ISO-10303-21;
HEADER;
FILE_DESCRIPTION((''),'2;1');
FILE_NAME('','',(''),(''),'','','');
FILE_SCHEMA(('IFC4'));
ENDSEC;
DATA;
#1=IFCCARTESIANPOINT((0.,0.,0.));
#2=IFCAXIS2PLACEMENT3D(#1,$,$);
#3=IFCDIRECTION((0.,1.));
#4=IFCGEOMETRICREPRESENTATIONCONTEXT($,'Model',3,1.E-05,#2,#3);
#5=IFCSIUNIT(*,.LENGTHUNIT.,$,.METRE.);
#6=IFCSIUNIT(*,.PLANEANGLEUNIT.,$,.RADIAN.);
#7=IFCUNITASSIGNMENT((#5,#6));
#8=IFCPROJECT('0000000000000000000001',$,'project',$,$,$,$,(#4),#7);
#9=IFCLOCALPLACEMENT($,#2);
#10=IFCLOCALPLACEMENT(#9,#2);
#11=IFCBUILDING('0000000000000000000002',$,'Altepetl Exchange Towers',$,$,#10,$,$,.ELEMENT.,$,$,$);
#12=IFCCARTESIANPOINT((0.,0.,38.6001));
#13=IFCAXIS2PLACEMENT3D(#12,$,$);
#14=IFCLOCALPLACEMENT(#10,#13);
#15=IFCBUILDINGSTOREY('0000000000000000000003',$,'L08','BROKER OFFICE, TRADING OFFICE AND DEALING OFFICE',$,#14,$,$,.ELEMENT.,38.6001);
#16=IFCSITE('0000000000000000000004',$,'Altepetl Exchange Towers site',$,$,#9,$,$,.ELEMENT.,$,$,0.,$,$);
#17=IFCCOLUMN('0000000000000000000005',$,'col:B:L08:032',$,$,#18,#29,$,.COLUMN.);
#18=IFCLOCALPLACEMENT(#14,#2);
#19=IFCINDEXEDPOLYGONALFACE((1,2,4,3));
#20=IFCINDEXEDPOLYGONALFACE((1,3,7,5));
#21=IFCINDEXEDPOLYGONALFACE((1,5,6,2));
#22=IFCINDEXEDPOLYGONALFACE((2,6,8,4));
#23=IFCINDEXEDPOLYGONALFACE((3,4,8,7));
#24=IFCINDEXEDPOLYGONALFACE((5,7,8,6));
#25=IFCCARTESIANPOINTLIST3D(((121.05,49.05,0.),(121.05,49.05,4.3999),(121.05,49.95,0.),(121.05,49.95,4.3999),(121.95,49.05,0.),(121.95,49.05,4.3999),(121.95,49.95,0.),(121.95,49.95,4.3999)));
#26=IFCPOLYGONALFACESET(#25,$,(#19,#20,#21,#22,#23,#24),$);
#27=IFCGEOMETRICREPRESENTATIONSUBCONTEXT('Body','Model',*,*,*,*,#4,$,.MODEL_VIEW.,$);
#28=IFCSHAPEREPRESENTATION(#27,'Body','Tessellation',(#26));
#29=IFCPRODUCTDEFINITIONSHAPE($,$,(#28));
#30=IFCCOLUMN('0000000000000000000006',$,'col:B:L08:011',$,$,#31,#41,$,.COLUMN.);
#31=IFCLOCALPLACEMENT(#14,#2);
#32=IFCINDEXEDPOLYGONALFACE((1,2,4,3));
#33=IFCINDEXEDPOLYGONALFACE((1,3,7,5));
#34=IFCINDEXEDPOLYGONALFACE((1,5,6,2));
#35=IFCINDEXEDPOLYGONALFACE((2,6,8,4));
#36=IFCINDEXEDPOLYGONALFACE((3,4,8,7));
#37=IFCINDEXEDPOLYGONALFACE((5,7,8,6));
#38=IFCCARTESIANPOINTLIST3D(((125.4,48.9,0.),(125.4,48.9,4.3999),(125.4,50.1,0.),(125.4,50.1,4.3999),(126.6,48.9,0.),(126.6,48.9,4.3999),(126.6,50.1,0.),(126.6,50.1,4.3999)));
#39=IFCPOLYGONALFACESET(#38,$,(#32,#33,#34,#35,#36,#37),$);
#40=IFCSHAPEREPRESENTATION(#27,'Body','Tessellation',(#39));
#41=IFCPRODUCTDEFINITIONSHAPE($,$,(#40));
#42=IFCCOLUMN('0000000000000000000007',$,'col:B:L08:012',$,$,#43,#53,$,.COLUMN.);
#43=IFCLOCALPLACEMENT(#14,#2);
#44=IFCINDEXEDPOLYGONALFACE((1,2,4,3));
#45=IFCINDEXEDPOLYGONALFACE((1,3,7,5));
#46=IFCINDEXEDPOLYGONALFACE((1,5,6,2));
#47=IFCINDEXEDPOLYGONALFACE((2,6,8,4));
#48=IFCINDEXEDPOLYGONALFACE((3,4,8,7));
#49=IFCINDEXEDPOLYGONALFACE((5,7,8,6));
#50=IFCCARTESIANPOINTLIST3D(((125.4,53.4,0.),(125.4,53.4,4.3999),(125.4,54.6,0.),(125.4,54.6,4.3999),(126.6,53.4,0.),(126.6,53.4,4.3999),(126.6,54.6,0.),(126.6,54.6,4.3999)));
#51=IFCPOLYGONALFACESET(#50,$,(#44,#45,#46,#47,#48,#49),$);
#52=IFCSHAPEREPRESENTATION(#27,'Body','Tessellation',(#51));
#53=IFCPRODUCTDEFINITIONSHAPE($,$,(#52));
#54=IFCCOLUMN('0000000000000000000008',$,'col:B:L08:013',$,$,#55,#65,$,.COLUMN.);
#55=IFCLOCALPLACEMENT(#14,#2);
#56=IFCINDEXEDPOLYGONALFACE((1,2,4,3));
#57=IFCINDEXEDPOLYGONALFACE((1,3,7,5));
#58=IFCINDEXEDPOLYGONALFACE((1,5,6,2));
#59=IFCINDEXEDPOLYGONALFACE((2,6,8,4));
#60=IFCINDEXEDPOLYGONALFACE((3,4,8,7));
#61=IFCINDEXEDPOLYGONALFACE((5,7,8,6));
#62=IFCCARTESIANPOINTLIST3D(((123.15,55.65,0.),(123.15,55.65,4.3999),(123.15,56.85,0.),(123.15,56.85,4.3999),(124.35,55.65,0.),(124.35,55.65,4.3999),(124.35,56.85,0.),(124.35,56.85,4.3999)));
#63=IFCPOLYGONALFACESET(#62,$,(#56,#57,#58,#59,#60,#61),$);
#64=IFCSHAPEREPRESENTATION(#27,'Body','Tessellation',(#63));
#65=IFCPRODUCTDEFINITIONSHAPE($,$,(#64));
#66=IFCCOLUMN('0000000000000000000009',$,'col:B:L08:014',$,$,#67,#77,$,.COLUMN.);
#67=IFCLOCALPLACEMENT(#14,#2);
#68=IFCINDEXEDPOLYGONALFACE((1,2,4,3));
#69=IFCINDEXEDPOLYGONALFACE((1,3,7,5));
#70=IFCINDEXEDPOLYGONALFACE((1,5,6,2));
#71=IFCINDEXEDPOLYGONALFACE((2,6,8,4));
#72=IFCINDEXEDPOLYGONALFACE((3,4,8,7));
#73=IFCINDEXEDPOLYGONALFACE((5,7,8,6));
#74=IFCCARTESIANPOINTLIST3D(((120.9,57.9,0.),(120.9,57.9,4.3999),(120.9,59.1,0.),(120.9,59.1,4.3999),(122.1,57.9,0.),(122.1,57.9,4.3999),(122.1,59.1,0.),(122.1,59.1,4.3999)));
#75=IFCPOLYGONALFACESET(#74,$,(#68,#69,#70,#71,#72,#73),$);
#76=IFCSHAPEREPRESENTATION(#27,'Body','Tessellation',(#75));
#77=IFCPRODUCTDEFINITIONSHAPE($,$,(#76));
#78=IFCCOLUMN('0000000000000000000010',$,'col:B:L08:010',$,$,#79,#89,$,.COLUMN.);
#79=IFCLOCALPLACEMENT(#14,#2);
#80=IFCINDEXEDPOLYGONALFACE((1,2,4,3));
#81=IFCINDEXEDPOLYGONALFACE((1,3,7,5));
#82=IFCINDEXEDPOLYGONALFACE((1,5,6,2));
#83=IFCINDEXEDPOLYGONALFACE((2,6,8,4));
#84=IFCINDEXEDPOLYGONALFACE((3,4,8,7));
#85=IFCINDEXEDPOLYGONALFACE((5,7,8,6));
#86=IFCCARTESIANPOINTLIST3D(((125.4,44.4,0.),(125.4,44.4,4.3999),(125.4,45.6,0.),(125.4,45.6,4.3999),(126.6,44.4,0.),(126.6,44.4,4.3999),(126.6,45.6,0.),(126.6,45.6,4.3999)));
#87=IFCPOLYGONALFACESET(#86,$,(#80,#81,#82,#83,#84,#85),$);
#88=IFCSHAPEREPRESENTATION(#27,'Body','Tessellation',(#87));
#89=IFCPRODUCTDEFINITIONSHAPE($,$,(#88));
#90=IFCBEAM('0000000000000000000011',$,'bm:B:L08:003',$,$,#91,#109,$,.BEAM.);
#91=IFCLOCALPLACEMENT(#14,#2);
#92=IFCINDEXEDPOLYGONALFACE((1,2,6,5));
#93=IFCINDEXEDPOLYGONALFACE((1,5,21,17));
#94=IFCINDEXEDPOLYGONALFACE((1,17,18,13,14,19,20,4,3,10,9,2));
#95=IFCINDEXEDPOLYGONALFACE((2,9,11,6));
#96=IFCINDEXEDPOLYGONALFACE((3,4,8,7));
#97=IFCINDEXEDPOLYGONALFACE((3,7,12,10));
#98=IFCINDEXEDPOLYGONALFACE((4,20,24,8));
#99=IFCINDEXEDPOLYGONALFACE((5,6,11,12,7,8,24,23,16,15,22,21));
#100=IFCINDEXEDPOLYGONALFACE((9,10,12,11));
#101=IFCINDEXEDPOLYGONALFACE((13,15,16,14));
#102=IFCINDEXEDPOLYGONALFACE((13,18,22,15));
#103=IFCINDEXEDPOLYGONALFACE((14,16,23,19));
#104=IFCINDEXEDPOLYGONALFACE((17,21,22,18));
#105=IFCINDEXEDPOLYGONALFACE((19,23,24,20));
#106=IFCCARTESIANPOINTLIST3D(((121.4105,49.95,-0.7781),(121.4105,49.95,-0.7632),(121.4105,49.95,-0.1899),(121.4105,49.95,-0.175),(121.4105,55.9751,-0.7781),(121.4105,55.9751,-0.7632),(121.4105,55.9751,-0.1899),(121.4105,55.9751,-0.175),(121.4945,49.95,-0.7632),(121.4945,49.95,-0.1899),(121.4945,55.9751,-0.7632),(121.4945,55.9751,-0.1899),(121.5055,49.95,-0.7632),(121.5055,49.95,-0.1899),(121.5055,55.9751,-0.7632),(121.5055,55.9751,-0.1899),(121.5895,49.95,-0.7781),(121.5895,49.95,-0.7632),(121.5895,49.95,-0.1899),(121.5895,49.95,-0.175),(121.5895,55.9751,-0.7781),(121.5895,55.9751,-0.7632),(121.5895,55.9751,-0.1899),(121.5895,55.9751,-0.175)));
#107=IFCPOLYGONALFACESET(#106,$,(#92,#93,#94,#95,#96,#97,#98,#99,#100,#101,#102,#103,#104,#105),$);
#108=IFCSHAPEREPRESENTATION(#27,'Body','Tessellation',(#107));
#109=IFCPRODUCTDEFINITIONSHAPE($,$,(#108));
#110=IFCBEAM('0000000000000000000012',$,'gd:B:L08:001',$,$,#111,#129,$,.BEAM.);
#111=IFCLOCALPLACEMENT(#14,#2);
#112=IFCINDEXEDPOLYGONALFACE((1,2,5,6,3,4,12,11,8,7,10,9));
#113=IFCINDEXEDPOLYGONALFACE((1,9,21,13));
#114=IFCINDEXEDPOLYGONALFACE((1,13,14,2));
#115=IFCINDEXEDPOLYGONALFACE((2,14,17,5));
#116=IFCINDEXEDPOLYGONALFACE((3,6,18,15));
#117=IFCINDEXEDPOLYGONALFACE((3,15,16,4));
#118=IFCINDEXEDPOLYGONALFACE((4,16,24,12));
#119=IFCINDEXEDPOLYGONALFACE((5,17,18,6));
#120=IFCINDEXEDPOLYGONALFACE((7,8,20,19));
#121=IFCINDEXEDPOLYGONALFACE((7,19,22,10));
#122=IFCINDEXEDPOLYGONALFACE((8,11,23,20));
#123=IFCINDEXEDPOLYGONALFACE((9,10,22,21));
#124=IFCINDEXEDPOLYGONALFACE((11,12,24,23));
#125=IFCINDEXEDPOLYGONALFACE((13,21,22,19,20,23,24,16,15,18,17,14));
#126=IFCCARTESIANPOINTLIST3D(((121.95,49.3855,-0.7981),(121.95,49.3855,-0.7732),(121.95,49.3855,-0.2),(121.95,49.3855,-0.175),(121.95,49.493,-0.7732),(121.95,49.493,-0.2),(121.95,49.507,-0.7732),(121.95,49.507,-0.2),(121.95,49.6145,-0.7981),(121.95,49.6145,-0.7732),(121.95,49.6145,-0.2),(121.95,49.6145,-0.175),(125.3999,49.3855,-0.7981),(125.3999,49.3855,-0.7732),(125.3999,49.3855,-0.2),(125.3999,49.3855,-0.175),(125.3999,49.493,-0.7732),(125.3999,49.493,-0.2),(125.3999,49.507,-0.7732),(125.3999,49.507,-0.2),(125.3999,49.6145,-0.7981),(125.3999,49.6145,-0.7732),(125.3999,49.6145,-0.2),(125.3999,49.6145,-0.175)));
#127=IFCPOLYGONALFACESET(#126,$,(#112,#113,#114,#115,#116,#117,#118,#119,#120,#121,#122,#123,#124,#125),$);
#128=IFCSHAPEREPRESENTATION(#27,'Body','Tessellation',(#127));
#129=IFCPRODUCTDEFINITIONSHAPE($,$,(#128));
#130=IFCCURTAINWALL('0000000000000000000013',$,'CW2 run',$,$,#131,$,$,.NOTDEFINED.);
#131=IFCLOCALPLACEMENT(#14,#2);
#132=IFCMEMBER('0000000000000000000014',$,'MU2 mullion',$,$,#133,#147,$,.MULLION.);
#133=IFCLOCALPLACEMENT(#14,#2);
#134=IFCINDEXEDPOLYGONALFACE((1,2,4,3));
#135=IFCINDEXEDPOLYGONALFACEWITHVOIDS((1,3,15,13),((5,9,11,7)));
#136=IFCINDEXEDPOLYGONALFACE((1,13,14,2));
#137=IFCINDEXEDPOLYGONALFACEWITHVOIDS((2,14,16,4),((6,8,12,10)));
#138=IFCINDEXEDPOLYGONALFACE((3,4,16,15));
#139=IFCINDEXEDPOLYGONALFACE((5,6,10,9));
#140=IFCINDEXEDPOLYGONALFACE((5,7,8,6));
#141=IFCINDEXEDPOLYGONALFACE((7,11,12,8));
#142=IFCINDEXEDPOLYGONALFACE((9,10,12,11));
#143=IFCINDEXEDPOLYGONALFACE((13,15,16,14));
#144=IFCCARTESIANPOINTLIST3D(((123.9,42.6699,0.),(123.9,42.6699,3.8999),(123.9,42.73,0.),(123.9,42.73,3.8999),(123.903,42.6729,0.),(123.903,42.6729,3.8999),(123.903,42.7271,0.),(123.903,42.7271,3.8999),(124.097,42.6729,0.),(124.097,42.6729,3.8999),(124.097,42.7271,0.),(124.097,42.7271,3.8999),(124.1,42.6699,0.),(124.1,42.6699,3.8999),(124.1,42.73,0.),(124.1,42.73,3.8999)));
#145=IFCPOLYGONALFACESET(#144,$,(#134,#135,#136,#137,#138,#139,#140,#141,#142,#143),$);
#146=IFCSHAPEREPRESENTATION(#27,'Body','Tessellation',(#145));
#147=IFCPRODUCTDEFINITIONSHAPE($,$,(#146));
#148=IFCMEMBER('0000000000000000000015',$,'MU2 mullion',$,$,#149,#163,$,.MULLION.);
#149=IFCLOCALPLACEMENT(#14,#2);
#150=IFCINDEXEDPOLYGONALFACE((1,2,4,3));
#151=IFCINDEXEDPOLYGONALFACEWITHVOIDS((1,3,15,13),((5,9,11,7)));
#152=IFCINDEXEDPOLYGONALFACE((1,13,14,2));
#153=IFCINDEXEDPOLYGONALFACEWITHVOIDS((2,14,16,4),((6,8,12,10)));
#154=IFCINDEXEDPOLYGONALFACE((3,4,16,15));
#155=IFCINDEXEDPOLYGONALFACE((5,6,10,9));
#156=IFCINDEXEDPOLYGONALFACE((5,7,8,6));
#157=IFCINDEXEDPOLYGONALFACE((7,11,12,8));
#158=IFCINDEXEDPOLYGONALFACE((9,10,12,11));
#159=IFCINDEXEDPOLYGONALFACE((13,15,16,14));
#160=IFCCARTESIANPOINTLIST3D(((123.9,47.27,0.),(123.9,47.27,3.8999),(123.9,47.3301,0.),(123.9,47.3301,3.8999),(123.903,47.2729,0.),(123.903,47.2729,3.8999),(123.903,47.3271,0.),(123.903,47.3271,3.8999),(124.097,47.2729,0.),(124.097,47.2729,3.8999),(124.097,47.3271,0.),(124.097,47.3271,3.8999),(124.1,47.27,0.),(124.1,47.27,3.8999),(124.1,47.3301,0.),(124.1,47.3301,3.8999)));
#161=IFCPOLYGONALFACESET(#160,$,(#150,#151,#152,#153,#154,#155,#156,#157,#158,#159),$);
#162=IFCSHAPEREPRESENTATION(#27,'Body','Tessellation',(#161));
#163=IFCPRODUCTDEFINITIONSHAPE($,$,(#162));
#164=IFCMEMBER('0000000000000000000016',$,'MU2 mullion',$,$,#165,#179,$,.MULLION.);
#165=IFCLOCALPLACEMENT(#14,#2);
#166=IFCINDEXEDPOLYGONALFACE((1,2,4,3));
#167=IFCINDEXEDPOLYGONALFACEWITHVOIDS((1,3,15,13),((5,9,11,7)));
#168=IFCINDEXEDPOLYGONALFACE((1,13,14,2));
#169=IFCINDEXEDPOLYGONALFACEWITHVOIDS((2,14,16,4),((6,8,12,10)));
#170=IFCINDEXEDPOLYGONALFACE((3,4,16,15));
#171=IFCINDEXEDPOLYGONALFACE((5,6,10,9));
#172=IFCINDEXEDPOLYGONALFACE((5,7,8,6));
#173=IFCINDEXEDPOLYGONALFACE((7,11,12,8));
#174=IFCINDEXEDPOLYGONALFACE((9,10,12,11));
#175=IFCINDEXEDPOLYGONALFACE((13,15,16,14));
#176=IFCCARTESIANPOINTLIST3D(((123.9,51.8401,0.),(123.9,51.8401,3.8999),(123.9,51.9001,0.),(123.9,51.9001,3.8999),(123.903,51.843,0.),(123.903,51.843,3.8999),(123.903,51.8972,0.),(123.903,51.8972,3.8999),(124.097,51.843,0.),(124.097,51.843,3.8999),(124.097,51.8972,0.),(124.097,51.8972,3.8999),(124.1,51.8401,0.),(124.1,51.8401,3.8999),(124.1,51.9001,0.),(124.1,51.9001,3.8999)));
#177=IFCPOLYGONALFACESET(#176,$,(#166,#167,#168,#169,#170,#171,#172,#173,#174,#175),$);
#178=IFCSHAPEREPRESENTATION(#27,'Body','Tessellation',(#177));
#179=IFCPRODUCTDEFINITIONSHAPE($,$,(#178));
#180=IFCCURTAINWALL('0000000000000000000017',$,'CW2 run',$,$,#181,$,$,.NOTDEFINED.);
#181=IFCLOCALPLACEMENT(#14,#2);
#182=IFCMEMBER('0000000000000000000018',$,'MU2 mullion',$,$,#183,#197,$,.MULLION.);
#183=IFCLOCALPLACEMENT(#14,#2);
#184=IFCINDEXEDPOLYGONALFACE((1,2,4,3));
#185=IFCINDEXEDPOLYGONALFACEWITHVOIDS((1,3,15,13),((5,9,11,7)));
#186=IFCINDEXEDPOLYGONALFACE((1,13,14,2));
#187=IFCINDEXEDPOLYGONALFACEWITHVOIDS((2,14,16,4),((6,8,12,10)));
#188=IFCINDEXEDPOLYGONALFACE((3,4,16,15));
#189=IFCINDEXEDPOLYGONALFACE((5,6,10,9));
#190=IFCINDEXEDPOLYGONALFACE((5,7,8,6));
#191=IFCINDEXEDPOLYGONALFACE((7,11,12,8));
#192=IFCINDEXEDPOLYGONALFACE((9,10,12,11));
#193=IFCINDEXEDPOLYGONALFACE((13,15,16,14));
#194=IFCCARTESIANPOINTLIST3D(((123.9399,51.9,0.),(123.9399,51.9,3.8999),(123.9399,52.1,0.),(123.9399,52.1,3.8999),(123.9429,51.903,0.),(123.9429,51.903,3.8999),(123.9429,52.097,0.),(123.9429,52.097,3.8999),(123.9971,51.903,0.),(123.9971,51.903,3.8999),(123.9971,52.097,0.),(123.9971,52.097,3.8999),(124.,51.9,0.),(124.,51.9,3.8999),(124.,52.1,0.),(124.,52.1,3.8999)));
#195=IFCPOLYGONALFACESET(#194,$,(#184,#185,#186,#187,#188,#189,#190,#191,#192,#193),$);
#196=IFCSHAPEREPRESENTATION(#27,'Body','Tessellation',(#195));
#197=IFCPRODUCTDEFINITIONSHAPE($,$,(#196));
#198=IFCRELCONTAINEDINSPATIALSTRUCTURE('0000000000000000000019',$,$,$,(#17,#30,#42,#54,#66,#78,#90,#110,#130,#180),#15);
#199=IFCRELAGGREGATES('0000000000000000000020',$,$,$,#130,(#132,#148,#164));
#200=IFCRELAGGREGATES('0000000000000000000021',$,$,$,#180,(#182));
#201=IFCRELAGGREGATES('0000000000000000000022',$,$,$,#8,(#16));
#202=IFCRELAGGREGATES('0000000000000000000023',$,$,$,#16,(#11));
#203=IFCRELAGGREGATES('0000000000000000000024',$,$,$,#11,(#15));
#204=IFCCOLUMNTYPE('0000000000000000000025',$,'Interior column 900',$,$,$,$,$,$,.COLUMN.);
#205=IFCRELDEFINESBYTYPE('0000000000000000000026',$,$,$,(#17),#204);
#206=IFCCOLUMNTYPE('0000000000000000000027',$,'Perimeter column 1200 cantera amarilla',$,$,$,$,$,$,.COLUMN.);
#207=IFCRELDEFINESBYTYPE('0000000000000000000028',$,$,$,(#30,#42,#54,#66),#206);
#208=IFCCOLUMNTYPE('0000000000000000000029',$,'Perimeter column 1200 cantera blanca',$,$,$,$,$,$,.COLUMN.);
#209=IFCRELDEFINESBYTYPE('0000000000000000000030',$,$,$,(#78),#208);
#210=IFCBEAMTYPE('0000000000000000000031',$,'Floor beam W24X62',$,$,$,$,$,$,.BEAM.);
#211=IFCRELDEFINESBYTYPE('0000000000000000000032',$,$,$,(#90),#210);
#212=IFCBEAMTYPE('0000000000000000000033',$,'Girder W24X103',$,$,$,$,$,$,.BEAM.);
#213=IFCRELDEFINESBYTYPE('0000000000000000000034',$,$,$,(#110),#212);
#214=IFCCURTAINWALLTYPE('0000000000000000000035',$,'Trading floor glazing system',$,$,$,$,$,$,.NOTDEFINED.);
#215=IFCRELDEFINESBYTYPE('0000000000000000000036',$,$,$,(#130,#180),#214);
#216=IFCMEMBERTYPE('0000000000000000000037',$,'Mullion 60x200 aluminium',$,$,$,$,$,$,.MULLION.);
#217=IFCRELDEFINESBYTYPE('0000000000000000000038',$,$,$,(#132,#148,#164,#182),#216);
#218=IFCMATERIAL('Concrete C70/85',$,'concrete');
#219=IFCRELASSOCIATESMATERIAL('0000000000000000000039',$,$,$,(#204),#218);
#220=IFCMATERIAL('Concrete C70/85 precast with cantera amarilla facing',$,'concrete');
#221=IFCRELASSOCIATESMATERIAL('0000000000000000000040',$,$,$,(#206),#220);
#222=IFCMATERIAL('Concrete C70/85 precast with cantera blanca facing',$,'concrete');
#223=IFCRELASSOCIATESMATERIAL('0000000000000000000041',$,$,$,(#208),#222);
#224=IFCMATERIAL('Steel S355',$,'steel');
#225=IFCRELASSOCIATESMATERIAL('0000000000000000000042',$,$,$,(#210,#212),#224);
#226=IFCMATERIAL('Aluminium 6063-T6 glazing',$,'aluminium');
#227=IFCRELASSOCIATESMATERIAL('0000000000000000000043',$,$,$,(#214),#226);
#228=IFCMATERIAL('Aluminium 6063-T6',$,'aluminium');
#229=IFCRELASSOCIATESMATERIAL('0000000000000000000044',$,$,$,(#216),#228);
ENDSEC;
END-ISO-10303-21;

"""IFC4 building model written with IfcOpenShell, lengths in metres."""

from ifc_helpers import new_model, si_unit, direction, frame, origin, origin_2d, place, context, subcontext, project, spatial, rectangle, hollow_rectangle, i_section, extrude, material, material_profile, profile_set, type_object, element, aggregate, save


model = new_model("IFC4")

# Units and contexts
model_context = context("Model", 3, precision=1e-05, world=origin(), true_north=direction((0.0, 1.0)))
body_context = subcontext(model_context, "Body", "Model", "MODEL_VIEW")
ifc_project = project(units=[si_unit("LENGTHUNIT", "METRE"), si_unit("PLANEANGLEUNIT", "RADIAN")], contexts=[model_context])

# Site, building, storey
site_placement = place(None, origin())
site = spatial("IfcSite", under=ifc_project, at=site_placement, Name="Altepetl Exchange Towers site", CompositionType="ELEMENT", RefElevation=0.0)
building_placement = place(site_placement, origin())
building = spatial("IfcBuilding", under=site, at=building_placement, Name="Altepetl Exchange Towers", CompositionType="ELEMENT")
storey_placement = place(building_placement, frame((0.0, 0.0, 38.6001)))
storey = spatial("IfcBuildingStorey", under=building, at=storey_placement, Name="L08", Description="BROKER OFFICE, TRADING OFFICE AND DEALING OFFICE", CompositionType="ELEMENT", Elevation=38.6001)

# Columns
ifc_material_1 = material(Name="Concrete C70/85", Category="concrete")
ifc_material_profile_1 = material_profile(ifc_material_1, rectangle(XDim=0.8999, YDim=0.8999, at=origin_2d()), Name="900 x 900")
ifc_profile_set_1 = profile_set([ifc_material_profile_1], Name="Concrete C70/85")
column_type_1 = type_object("IfcColumnType", Name="Interior column 900", PredefinedType="COLUMN", material=ifc_profile_set_1)
column_1_placement = place(storey_placement, frame((121.5, 49.5, 0.0)))
element("IfcColumn", 1, at=column_1_placement, inside=storey, type_object=column_type_1, Name="col:B:L08:032", PredefinedType="COLUMN", context=body_context, shape_type="SweptSolid", body=[
    extrude(rectangle(XDim=0.8999, YDim=0.8999, at=origin_2d()), origin(), (0.0, 0.0, 1.0), 4.3999),
])
ifc_material_2 = material(Name="Concrete C70/85 precast with cantera amarilla facing", Category="concrete")
ifc_material_profile_2 = material_profile(ifc_material_2, rectangle(XDim=1.2, YDim=1.2, at=origin_2d()), Name="1200 x 1200")
ifc_profile_set_2 = profile_set([ifc_material_profile_2], Name="Concrete C70/85 precast with cantera amarilla facing")
column_type_2 = type_object("IfcColumnType", Name="Perimeter column 1200 cantera amarilla", PredefinedType="COLUMN", material=ifc_profile_set_2)
for number, where, name in (
    (2, (126.0, 49.5, 0.0), "col:B:L08:011"),
    (3, (126.0, 54.0, 0.0), "col:B:L08:012"),
    (4, (123.75, 56.25, 0.0), "col:B:L08:013"),
    (5, (121.5, 58.5, 0.0), "col:B:L08:014"),
):
    element("IfcColumn", number, at=place(storey_placement, frame(where)), inside=storey, type_object=column_type_2, Name=name, PredefinedType="COLUMN", context=body_context, shape_type="SweptSolid", body=[
        extrude(rectangle(XDim=1.2, YDim=1.2, at=origin_2d()), origin(), (0.0, 0.0, 1.0), 4.3999),
    ])
ifc_material_3 = material(Name="Concrete C70/85 precast with cantera blanca facing", Category="concrete")
ifc_material_profile_3 = material_profile(ifc_material_3, rectangle(XDim=1.2, YDim=1.2, at=origin_2d()), Name="1200 x 1200")
ifc_profile_set_3 = profile_set([ifc_material_profile_3], Name="Concrete C70/85 precast with cantera blanca facing")
column_type_3 = type_object("IfcColumnType", Name="Perimeter column 1200 cantera blanca", PredefinedType="COLUMN", material=ifc_profile_set_3)
column_2_placement = place(storey_placement, frame((126.0, 45.0, 0.0)))
element("IfcColumn", 6, at=column_2_placement, inside=storey, type_object=column_type_3, Name="col:B:L08:010", PredefinedType="COLUMN", context=body_context, shape_type="SweptSolid", body=[
    extrude(rectangle(XDim=1.2, YDim=1.2, at=origin_2d()), origin(), (0.0, 0.0, 1.0), 4.3999),
])

# Beams
ifc_material_4 = material(Name="Steel S355", Category="steel")
ifc_material_profile_4 = material_profile(ifc_material_4, i_section(OverallWidth=0.179, OverallDepth=0.603, WebThickness=0.011, FlangeThickness=0.0149, at=origin_2d()), Name="W24X62")
ifc_profile_set_4 = profile_set([ifc_material_profile_4], Name="Steel S355")
beam_type_1 = type_object("IfcBeamType", Name="Floor beam W24X62", PredefinedType="BEAM", material=ifc_profile_set_4)
beam_1_placement = place(storey_placement, frame((121.5, 49.95, -0.4766), z_axis=(0.0, 1.0, 0.0), x_axis=(-1.0, 0.0, 0.0)))
element("IfcBeam", 7, at=beam_1_placement, inside=storey, type_object=beam_type_1, Name="bm:B:L08:003", PredefinedType="BEAM", context=body_context, shape_type="SweptSolid", body=[
    extrude(i_section(OverallWidth=0.179, OverallDepth=0.603, WebThickness=0.011, FlangeThickness=0.0149, at=origin_2d()), origin(), (0.0, 0.0, 1.0), 6.0251),
])
ifc_material_profile_5 = material_profile(ifc_material_4, i_section(OverallWidth=0.229, OverallDepth=0.623, WebThickness=0.0139, FlangeThickness=0.0249, at=origin_2d()), Name="W24X103")
ifc_profile_set_5 = profile_set([ifc_material_profile_5], Name="Steel S355")
beam_type_2 = type_object("IfcBeamType", Name="Girder W24X103", PredefinedType="BEAM", material=ifc_profile_set_5)
beam_2_placement = place(storey_placement, frame((121.95, 49.5, -0.4866), z_axis=(1.0, 0.0, 0.0), x_axis=(0.0, 1.0, 0.0)))
element("IfcBeam", 8, at=beam_2_placement, inside=storey, type_object=beam_type_2, Name="gd:B:L08:001", PredefinedType="BEAM", context=body_context, shape_type="SweptSolid", body=[
    extrude(i_section(OverallWidth=0.229, OverallDepth=0.623, WebThickness=0.0139, FlangeThickness=0.0249, at=origin_2d()), origin(), (0.0, 0.0, 1.0), 3.45),
])

# Curtain walls, members
ifc_material_5 = material(Name="Aluminium 6063-T6 glazing", Category="aluminium")
curtain_wall_type = type_object("IfcCurtainWallType", Name="Trading floor glazing system", PredefinedType="NOTDEFINED", material=ifc_material_5)
curtain_wall_1_placement = place(storey_placement, origin())
curtain_wall_1 = element("IfcCurtainWall", 9, at=curtain_wall_1_placement, inside=storey, type_object=curtain_wall_type, Name="CW2 run", PredefinedType="NOTDEFINED")
ifc_material_6 = material(Name="Aluminium 6063-T6", Category="aluminium")
ifc_material_profile_6 = material_profile(ifc_material_6, hollow_rectangle(XDim=0.0601, YDim=0.2, WallThickness=0.0029, at=origin_2d()), Name="Mullion 60x200 aluminium")
ifc_profile_set_6 = profile_set([ifc_material_profile_6], Name="Aluminium 6063-T6")
member_type = type_object("IfcMemberType", Name="Mullion 60x200 aluminium", PredefinedType="MULLION", material=ifc_profile_set_6)
member_1_placement = place(storey_placement, frame((124.0, 42.7, 0.0), z_axis=(0.0, 0.0, 1.0), x_axis=(0.0, 1.0, 0.0)))
member_1 = element("IfcMember", 10, at=member_1_placement, type_object=member_type, Name="MU2 mullion", PredefinedType="MULLION", context=body_context, shape_type="SweptSolid", body=[
    extrude(hollow_rectangle(XDim=0.0601, YDim=0.2, WallThickness=0.0029, at=origin_2d()), origin(), (0.0, 0.0, 1.0), 3.8999),
])
member_2_placement = place(storey_placement, frame((124.0, 47.3, 0.0), z_axis=(0.0, 0.0, 1.0), x_axis=(0.0, 1.0, 0.0)))
member_2 = element("IfcMember", 11, at=member_2_placement, type_object=member_type, Name="MU2 mullion", PredefinedType="MULLION", context=body_context, shape_type="SweptSolid", body=[
    extrude(hollow_rectangle(XDim=0.0601, YDim=0.2, WallThickness=0.0029, at=origin_2d()), origin(), (0.0, 0.0, 1.0), 3.8999),
])
member_3_placement = place(storey_placement, frame((124.0, 51.8701, 0.0), z_axis=(0.0, 0.0, 1.0), x_axis=(0.0, 1.0, 0.0)))
member_3 = element("IfcMember", 12, at=member_3_placement, type_object=member_type, Name="MU2 mullion", PredefinedType="MULLION", context=body_context, shape_type="SweptSolid", body=[
    extrude(hollow_rectangle(XDim=0.0601, YDim=0.2, WallThickness=0.0029, at=origin_2d()), origin(), (0.0, 0.0, 1.0), 3.8999),
])
curtain_wall_2_placement = place(storey_placement, origin())
curtain_wall_2 = element("IfcCurtainWall", 13, at=curtain_wall_2_placement, inside=storey, type_object=curtain_wall_type, Name="CW2 run", PredefinedType="NOTDEFINED")
member_4_placement = place(storey_placement, frame((123.97, 52.0, 0.0), z_axis=(0.0, 0.0, 1.0), x_axis=(-1.0, 0.0, 0.0)))
member_4 = element("IfcMember", 14, at=member_4_placement, type_object=member_type, Name="MU2 mullion", PredefinedType="MULLION", context=body_context, shape_type="SweptSolid", body=[
    extrude(hollow_rectangle(XDim=0.0601, YDim=0.2, WallThickness=0.0029, at=origin_2d()), origin(), (0.0, 0.0, 1.0), 3.8999),
])

aggregate(curtain_wall_1, [member_1, member_2, member_3])
aggregate(curtain_wall_2, [member_4])

save(model, "model.ifc")
